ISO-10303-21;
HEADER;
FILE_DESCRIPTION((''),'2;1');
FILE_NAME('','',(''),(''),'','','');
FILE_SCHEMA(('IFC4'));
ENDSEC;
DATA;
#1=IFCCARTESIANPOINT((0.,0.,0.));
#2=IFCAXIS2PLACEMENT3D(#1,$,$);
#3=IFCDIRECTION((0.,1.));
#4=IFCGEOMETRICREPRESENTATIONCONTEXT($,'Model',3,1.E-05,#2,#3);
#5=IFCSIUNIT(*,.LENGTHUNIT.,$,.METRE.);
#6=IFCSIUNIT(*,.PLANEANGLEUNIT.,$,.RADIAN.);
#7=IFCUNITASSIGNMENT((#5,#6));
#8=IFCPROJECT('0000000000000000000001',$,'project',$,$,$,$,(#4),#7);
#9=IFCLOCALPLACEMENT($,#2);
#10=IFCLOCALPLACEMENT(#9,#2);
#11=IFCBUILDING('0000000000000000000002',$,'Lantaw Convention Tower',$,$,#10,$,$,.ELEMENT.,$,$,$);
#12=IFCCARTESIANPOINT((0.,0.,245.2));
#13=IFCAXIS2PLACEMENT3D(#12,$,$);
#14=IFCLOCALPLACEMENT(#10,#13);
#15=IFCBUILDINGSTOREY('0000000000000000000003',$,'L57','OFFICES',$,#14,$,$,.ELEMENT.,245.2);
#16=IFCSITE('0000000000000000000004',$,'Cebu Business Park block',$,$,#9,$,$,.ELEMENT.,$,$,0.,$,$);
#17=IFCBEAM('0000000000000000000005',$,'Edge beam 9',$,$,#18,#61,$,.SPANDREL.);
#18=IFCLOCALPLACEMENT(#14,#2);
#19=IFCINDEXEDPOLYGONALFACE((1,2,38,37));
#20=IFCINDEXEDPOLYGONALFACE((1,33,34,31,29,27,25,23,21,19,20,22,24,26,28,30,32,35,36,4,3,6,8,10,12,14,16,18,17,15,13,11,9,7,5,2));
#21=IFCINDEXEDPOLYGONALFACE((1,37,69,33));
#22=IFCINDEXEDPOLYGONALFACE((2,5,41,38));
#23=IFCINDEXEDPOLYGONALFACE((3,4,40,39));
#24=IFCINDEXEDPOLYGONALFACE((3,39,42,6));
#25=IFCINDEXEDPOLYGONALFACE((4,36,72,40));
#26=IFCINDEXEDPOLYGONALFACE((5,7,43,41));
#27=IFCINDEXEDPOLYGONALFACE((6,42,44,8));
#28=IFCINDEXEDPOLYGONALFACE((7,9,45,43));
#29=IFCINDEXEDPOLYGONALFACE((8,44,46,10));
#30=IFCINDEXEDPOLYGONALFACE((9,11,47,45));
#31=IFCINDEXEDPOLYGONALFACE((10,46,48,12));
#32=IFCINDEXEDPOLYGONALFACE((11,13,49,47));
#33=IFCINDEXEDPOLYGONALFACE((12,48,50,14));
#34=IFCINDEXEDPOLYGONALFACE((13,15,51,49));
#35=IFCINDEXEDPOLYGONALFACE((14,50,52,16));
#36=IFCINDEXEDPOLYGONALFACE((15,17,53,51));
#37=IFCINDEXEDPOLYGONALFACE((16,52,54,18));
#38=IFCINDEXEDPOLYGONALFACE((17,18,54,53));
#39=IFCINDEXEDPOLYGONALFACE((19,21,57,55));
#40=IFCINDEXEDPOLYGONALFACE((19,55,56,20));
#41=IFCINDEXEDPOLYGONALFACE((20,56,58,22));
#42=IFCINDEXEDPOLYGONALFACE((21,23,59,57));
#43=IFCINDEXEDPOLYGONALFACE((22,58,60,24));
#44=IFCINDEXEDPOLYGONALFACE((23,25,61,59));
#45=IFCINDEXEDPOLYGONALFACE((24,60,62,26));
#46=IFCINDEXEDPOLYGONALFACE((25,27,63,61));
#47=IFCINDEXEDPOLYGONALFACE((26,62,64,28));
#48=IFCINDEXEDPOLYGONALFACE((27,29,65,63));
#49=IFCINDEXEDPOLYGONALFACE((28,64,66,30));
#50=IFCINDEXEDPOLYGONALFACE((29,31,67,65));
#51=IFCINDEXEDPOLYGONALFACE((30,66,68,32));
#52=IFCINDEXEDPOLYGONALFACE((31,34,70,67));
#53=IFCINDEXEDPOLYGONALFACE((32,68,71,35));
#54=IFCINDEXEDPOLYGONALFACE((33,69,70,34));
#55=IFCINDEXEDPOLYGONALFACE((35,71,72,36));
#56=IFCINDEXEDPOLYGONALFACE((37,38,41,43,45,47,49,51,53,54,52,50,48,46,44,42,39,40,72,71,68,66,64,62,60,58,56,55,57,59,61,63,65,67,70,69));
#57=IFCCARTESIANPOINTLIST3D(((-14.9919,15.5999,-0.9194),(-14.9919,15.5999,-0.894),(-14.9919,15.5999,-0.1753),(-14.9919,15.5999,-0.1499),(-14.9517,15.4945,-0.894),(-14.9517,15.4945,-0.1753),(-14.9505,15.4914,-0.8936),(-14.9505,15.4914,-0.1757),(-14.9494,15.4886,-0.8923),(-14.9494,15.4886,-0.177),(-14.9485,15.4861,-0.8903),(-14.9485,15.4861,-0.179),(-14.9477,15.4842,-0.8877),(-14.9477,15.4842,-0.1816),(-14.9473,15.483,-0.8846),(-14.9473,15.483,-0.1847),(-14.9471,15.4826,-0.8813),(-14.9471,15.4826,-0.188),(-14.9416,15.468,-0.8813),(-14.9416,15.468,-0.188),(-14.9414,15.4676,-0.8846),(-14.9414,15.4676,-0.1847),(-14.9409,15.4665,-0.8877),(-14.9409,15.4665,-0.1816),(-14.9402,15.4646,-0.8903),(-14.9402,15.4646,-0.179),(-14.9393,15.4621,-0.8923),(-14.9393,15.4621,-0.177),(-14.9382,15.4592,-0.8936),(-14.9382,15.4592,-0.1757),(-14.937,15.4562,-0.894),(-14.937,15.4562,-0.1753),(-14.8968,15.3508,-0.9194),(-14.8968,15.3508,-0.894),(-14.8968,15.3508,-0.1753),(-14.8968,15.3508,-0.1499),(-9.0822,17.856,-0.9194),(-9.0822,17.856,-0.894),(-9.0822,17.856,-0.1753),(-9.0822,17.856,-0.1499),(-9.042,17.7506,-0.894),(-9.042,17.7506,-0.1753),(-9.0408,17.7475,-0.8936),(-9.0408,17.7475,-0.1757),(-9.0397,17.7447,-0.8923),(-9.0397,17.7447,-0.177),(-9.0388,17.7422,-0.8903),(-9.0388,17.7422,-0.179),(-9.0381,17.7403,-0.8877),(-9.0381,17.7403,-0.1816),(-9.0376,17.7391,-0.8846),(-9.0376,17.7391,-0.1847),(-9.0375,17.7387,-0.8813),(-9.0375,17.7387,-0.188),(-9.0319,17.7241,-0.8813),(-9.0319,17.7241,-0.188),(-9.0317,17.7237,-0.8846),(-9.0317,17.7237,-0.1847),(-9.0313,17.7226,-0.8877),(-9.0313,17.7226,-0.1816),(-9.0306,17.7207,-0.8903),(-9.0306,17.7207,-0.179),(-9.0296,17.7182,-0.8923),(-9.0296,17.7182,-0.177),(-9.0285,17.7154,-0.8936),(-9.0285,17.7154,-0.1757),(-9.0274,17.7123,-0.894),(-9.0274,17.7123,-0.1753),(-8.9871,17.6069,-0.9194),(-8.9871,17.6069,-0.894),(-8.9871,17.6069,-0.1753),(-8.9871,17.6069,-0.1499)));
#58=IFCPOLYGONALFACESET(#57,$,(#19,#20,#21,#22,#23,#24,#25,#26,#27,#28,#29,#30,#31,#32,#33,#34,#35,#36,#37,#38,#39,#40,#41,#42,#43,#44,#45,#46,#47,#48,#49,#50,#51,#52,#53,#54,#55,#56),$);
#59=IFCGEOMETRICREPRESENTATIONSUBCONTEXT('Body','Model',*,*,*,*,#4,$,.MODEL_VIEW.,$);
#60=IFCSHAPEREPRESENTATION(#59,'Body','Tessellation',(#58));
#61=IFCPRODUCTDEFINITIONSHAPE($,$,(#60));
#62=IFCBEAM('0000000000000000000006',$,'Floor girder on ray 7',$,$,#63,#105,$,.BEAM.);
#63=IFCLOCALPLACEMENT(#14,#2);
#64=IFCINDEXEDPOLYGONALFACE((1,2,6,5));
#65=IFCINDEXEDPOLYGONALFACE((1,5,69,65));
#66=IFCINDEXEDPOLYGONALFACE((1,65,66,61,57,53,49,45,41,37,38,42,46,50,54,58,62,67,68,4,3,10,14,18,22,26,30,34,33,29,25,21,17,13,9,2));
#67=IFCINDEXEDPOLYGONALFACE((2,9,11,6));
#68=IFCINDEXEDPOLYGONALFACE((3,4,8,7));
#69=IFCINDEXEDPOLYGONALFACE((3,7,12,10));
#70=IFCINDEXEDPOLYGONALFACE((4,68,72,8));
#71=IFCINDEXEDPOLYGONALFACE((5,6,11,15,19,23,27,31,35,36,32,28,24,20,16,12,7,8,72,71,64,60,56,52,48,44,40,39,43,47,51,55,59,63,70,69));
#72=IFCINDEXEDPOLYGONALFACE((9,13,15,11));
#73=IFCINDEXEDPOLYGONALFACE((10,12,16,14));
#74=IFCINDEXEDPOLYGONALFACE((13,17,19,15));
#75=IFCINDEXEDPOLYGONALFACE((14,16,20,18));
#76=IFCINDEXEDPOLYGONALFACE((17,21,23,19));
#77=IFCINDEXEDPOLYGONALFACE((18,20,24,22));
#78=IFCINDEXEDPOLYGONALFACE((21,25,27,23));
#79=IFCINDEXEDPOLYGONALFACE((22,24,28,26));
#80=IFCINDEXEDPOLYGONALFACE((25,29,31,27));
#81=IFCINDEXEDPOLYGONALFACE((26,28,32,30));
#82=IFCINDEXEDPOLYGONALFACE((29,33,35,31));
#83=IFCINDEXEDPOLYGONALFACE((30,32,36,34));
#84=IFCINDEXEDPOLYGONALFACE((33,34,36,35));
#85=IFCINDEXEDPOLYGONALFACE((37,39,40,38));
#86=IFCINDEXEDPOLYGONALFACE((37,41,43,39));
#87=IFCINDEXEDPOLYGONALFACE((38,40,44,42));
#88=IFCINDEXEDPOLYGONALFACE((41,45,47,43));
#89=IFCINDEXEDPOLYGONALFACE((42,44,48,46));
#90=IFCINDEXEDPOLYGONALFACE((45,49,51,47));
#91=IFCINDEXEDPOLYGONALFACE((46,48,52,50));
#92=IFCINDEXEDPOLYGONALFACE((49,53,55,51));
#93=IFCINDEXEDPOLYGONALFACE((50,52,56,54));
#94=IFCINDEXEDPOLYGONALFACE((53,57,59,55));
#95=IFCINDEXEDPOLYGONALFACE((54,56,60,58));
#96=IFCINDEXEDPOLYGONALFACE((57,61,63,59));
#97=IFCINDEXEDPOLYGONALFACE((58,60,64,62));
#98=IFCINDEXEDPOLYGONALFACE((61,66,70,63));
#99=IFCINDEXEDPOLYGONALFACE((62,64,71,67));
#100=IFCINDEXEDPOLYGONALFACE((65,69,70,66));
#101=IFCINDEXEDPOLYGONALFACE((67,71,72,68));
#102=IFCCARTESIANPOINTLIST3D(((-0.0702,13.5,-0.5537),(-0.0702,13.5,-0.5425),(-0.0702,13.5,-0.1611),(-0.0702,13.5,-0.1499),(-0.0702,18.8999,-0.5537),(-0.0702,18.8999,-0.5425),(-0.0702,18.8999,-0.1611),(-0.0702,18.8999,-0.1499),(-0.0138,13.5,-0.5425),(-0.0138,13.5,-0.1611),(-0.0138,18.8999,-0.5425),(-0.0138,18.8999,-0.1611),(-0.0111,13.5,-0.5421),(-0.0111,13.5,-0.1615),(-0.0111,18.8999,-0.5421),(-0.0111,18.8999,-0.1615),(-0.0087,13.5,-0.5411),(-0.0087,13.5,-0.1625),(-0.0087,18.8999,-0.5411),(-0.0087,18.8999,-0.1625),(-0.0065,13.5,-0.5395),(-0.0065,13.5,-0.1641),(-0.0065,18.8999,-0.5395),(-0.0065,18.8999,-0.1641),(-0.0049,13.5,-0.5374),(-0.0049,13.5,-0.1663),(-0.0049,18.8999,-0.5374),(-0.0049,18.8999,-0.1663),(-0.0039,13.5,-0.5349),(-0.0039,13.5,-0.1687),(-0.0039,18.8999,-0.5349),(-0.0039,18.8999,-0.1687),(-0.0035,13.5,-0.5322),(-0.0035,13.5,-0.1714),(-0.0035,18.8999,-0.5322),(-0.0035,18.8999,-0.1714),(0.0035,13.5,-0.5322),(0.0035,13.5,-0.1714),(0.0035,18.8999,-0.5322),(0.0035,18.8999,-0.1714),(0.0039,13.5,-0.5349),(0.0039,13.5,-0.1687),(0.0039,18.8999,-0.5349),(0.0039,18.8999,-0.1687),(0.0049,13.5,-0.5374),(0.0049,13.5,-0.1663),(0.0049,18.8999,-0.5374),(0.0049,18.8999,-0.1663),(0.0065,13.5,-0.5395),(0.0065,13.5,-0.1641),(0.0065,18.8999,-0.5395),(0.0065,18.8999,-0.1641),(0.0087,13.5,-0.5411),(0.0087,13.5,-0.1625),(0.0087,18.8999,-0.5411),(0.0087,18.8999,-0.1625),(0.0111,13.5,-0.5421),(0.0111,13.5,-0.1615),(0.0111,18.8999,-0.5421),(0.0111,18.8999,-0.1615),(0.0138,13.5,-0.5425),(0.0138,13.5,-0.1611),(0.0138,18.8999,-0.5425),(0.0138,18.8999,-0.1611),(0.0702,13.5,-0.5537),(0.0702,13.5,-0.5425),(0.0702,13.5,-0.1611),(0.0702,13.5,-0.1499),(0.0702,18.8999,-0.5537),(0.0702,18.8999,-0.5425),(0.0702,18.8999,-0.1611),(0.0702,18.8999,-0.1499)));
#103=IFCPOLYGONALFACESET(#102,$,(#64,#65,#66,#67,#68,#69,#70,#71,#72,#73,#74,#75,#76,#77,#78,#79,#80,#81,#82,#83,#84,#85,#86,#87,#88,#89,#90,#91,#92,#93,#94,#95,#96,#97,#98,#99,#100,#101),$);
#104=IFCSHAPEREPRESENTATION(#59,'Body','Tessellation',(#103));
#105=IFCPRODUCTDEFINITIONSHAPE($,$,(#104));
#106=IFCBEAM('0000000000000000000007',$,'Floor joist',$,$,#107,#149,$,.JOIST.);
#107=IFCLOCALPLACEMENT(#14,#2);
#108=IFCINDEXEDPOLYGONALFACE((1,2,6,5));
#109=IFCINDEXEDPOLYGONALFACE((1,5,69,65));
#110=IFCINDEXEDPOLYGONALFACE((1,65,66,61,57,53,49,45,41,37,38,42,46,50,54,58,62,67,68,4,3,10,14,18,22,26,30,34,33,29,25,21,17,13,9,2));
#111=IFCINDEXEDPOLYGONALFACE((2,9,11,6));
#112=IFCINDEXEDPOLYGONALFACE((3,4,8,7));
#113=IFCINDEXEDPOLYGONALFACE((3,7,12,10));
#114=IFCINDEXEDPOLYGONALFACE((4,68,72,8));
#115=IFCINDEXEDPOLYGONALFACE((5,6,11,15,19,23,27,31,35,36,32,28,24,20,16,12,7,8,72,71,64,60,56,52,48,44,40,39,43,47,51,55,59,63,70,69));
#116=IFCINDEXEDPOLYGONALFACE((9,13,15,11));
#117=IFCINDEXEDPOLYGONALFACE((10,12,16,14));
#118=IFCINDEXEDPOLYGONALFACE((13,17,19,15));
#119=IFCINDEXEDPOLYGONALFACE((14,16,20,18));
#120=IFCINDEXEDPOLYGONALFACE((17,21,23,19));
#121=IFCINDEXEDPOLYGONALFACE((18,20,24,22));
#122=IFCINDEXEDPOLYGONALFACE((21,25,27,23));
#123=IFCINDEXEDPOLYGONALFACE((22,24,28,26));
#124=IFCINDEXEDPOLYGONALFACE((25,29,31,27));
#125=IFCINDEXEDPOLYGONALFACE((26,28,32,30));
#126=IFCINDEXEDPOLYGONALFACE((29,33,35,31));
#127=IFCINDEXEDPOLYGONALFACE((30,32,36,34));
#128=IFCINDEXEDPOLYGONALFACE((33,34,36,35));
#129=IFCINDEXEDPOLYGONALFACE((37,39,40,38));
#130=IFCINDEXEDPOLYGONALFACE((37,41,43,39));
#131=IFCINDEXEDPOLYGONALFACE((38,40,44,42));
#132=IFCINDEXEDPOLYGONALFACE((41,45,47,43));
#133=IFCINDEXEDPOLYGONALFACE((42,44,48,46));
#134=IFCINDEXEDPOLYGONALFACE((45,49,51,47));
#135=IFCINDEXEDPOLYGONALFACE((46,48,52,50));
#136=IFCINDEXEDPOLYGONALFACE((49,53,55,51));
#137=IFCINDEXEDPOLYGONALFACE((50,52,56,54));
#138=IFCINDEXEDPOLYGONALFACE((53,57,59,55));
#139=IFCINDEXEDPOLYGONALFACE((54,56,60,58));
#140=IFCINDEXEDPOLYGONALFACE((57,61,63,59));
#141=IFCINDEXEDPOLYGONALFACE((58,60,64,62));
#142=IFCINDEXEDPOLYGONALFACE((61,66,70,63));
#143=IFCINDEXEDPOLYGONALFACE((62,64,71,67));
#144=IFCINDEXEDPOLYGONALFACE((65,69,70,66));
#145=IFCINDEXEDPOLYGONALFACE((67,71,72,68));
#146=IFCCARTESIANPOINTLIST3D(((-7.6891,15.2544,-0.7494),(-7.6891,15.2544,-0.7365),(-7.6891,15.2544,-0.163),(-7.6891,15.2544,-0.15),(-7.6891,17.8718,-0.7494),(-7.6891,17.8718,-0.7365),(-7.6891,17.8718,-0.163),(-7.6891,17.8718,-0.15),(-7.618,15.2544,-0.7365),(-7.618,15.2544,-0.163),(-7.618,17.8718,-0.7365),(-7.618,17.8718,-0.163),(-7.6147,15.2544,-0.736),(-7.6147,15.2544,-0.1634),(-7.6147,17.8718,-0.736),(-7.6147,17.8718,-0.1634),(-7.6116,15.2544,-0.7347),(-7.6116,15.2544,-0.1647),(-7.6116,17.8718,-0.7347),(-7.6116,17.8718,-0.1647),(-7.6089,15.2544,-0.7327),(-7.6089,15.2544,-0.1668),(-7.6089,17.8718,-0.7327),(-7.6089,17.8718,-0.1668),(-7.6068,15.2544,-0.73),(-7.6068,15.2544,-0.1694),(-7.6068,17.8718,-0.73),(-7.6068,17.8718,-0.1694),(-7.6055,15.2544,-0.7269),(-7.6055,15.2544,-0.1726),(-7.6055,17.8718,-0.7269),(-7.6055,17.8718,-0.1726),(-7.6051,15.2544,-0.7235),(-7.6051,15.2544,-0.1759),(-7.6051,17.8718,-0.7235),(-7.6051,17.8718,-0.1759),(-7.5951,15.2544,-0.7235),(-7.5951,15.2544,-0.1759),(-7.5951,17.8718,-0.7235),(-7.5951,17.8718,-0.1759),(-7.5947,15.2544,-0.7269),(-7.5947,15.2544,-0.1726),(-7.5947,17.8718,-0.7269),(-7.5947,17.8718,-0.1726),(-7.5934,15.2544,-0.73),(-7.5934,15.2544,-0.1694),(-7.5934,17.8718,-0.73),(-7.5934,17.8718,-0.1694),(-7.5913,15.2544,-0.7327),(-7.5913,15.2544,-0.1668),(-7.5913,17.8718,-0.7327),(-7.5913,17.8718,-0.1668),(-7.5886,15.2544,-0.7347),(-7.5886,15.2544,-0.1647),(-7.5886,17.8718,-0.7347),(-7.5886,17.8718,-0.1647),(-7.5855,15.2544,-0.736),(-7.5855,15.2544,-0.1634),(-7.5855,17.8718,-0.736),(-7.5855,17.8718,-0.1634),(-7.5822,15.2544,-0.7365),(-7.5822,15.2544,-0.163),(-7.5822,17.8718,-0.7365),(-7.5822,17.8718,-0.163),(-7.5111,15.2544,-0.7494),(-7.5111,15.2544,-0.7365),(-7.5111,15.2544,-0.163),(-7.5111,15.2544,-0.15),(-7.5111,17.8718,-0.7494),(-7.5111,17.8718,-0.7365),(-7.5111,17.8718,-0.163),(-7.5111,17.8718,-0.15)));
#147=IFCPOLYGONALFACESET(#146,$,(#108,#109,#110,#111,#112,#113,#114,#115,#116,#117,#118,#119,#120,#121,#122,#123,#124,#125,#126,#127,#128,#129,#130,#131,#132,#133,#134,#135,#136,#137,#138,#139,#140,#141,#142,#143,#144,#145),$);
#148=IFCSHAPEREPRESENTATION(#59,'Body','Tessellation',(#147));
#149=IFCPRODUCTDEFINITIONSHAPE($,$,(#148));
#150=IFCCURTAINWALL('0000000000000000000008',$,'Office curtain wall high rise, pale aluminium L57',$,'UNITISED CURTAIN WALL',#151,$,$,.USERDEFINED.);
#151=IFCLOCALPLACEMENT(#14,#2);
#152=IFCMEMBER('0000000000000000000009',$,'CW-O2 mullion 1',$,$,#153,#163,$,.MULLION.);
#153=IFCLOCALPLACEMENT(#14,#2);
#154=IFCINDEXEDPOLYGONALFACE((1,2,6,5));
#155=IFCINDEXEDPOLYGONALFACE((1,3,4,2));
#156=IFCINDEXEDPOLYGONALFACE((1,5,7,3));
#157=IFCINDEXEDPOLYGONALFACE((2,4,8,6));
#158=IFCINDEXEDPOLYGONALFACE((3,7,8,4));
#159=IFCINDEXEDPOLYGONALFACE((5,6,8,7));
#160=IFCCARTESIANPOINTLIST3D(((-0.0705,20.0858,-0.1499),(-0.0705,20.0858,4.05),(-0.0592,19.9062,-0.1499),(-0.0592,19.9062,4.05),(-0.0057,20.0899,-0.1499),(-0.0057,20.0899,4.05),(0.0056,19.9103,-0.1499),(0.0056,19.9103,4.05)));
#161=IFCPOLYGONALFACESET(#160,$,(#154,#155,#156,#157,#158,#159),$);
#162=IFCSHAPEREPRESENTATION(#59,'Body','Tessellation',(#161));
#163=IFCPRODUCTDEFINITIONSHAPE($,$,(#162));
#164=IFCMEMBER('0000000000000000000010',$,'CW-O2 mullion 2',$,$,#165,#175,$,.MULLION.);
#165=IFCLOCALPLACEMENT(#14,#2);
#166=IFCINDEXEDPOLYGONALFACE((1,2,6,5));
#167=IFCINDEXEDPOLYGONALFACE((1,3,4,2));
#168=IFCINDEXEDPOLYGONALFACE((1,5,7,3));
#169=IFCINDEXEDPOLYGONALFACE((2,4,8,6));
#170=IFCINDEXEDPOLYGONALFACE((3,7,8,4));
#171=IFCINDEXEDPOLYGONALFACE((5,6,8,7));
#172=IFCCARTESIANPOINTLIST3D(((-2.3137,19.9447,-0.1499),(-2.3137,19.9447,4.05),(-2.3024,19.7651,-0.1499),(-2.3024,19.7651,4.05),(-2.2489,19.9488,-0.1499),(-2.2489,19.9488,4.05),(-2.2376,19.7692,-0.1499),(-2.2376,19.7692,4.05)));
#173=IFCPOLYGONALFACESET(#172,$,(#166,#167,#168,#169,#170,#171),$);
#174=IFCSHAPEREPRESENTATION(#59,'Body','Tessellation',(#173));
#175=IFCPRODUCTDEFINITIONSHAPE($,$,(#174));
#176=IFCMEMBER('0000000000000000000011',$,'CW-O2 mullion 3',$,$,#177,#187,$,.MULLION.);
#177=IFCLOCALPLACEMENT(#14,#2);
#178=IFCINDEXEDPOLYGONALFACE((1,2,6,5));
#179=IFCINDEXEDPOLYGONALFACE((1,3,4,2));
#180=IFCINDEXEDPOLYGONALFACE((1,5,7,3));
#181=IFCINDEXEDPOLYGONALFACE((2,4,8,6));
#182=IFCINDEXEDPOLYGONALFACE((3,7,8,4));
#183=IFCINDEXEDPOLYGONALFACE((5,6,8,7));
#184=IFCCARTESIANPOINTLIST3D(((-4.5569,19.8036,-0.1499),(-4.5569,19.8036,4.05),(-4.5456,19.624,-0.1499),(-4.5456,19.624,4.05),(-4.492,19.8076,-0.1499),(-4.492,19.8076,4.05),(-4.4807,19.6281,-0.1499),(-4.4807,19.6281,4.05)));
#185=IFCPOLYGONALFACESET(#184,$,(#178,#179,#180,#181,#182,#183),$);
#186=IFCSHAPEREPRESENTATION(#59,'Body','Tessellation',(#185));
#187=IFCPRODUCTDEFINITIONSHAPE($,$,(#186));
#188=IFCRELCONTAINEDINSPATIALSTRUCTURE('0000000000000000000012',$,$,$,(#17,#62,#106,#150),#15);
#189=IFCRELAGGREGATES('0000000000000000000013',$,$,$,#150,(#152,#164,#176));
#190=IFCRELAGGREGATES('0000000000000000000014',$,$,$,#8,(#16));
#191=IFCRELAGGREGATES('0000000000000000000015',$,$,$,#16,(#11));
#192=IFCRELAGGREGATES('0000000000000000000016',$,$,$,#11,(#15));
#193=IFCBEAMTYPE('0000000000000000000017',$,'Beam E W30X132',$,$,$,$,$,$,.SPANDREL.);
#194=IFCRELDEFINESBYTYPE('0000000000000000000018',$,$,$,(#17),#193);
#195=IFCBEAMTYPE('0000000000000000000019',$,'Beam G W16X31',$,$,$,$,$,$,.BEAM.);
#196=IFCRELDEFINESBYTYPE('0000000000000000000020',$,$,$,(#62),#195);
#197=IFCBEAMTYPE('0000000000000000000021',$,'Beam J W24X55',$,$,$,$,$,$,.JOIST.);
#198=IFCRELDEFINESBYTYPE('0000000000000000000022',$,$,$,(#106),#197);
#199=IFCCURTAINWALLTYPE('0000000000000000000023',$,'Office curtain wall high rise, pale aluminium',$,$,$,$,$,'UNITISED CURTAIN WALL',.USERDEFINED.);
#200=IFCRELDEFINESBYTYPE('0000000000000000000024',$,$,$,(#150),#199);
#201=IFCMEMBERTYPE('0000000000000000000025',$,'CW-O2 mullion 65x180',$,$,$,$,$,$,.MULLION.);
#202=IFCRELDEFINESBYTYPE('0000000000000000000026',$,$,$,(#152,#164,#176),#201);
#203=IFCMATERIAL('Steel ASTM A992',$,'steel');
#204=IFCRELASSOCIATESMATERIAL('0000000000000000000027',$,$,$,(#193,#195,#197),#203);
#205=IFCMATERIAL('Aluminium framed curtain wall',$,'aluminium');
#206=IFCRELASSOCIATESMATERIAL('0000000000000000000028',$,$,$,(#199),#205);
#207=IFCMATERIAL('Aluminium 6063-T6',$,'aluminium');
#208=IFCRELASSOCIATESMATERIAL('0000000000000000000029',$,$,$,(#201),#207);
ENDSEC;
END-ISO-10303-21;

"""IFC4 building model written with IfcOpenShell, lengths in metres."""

from ifc_helpers import new_model, si_unit, direction, frame, origin, origin_2d, place, context, subcontext, project, spatial, rectangle, i_section, extrude, material, material_profile, profile_set, type_object, element, aggregate, save


model = new_model("IFC4")

# Units and contexts
model_context = context("Model", 3, precision=1e-05, world=origin(), true_north=direction((0.0, 1.0)))
body_context = subcontext(model_context, "Body", "Model", "MODEL_VIEW")
ifc_project = project(units=[si_unit("LENGTHUNIT", "METRE"), si_unit("PLANEANGLEUNIT", "RADIAN")], contexts=[model_context])

# Site, building, storey
site_placement = place(None, origin())
site = spatial("IfcSite", under=ifc_project, at=site_placement, Name="Cebu Business Park block", CompositionType="ELEMENT", RefElevation=0.0)
building_placement = place(site_placement, origin())
building = spatial("IfcBuilding", under=site, at=building_placement, Name="Lantaw Convention Tower", CompositionType="ELEMENT")
storey_placement = place(building_placement, frame((0.0, 0.0, 245.2)))
storey = spatial("IfcBuildingStorey", under=building, at=storey_placement, Name="L57", Description="OFFICES", CompositionType="ELEMENT", Elevation=245.2)

# Beams
ifc_material_1 = material(Name="Steel ASTM A992", Category="steel")
ifc_material_profile_1 = material_profile(ifc_material_1, i_section(OverallWidth=0.2666, OverallDepth=0.7695, WebThickness=0.0156, FlangeThickness=0.0254, FilletRadius=0.0127, at=origin_2d()), Name="W30X132")
ifc_profile_set_1 = profile_set([ifc_material_profile_1], Name="Steel ASTM A992")
beam_type_1 = type_object("IfcBeamType", Name="Beam E W30X132", PredefinedType="SPANDREL", material=ifc_profile_set_1)
beam_1_placement = place(storey_placement, frame((-9.0347, 17.7314, -0.5347), z_axis=(-0.934235, -0.356658, 0.0), x_axis=(0.356658, -0.934235, 0.0)))
element("IfcBeam", 1, at=beam_1_placement, inside=storey, type_object=beam_type_1, Name="Edge beam 9", PredefinedType="SPANDREL", context=body_context, shape_type="SweptSolid", body=[
    extrude(i_section(OverallWidth=0.2666, OverallDepth=0.7695, WebThickness=0.0156, FlangeThickness=0.0254, FilletRadius=0.0127, at=origin_2d()), origin(), (0.0, 0.0, 1.0), 6.3257),
])
ifc_material_profile_2 = material_profile(ifc_material_1, i_section(OverallWidth=0.1404, OverallDepth=0.4038, WebThickness=0.0071, FlangeThickness=0.0112, FilletRadius=0.0103, at=origin_2d()), Name="W16X31")
ifc_profile_set_2 = profile_set([ifc_material_profile_2], Name="Steel ASTM A992")
beam_type_2 = type_object("IfcBeamType", Name="Beam G W16X31", PredefinedType="BEAM", material=ifc_profile_set_2)
beam_2_placement = place(storey_placement, frame((0.0, 13.5, -0.3518), z_axis=(0.0, 1.0, 0.0), x_axis=(-1.0, 0.0, 0.0)))
element("IfcBeam", 2, at=beam_2_placement, inside=storey, type_object=beam_type_2, Name="Floor girder on ray 7", PredefinedType="BEAM", context=body_context, shape_type="SweptSolid", body=[
    extrude(i_section(OverallWidth=0.1404, OverallDepth=0.4038, WebThickness=0.0071, FlangeThickness=0.0112, FilletRadius=0.0103, at=origin_2d()), origin(), (0.0, 0.0, 1.0), 5.3999),
])
ifc_material_profile_3 = material_profile(ifc_material_1, i_section(OverallWidth=0.178, OverallDepth=0.5994, WebThickness=0.01, FlangeThickness=0.0129, FilletRadius=0.0129, at=origin_2d()), Name="W24X55")
ifc_profile_set_3 = profile_set([ifc_material_profile_3], Name="Steel ASTM A992")
beam_type_3 = type_object("IfcBeamType", Name="Beam J W24X55", PredefinedType="JOIST", material=ifc_profile_set_3)
beam_3_placement = place(storey_placement, frame((-7.6001, 15.2544, -0.4497), z_axis=(0.0, 1.0, 0.0), x_axis=(-1.0, 0.0, 0.0)))
element("IfcBeam", 3, at=beam_3_placement, inside=storey, type_object=beam_type_3, Name="Floor joist", PredefinedType="JOIST", context=body_context, shape_type="SweptSolid", body=[
    extrude(i_section(OverallWidth=0.178, OverallDepth=0.5994, WebThickness=0.01, FlangeThickness=0.0129, FilletRadius=0.0129, at=origin_2d()), origin(), (0.0, 0.0, 1.0), 2.6174),
])

# Curtain wall, members
ifc_material_2 = material(Name="Aluminium framed curtain wall", Category="aluminium")
curtain_wall_type = type_object("IfcCurtainWallType", Name="Office curtain wall high rise, pale aluminium", ElementType="UNITISED CURTAIN WALL", PredefinedType="USERDEFINED", material=ifc_material_2)
curtain_wall_1_placement = place(storey_placement, origin())
curtain_wall_1 = element("IfcCurtainWall", 4, at=curtain_wall_1_placement, inside=storey, type_object=curtain_wall_type, Name="Office curtain wall high rise, pale aluminium L57", ObjectType="UNITISED CURTAIN WALL", PredefinedType="USERDEFINED")
ifc_material_3 = material(Name="Aluminium 6063-T6", Category="aluminium")
ifc_material_profile_4 = material_profile(ifc_material_3, rectangle(XDim=0.1799, YDim=0.0649, at=origin_2d()), Name="CW-O2 mullion 65x180")
ifc_profile_set_4 = profile_set([ifc_material_profile_4], Name="Aluminium 6063-T6")
member_type_1 = type_object("IfcMemberType", Name="CW-O2 mullion 65x180", PredefinedType="MULLION", material=ifc_profile_set_4)
member_1_placement = place(storey_placement, frame((-0.0325, 19.998, -0.1499), z_axis=(0.0, 0.0, 1.0), x_axis=(0.062758, -0.998029, 0.0)))
member_1 = element("IfcMember", 5, at=member_1_placement, type_object=member_type_1, Name="CW-O2 mullion 1", PredefinedType="MULLION", context=body_context, shape_type="SweptSolid", body=[
    extrude(rectangle(XDim=0.1799, YDim=0.0649, at=origin_2d()), origin(), (0.0, 0.0, 1.0), 4.2),
])
member_2_placement = place(storey_placement, frame((-2.2756, 19.8569, -0.1499), z_axis=(0.0, 0.0, 1.0), x_axis=(0.062758, -0.998029, 0.0)))
member_2 = element("IfcMember", 6, at=member_2_placement, type_object=member_type_1, Name="CW-O2 mullion 2", PredefinedType="MULLION", context=body_context, shape_type="SweptSolid", body=[
    extrude(rectangle(XDim=0.1799, YDim=0.0649, at=origin_2d()), origin(), (0.0, 0.0, 1.0), 4.2),
])
member_3_placement = place(storey_placement, frame((-4.5188, 19.7158, -0.1499), z_axis=(0.0, 0.0, 1.0), x_axis=(0.062758, -0.998029, 0.0)))
member_3 = element("IfcMember", 7, at=member_3_placement, type_object=member_type_1, Name="CW-O2 mullion 3", PredefinedType="MULLION", context=body_context, shape_type="SweptSolid", body=[
    extrude(rectangle(XDim=0.1799, YDim=0.0649, at=origin_2d()), origin(), (0.0, 0.0, 1.0), 4.2),
])

aggregate(curtain_wall_1, [member_1, member_2, member_3])

save(model, "model.ifc")
